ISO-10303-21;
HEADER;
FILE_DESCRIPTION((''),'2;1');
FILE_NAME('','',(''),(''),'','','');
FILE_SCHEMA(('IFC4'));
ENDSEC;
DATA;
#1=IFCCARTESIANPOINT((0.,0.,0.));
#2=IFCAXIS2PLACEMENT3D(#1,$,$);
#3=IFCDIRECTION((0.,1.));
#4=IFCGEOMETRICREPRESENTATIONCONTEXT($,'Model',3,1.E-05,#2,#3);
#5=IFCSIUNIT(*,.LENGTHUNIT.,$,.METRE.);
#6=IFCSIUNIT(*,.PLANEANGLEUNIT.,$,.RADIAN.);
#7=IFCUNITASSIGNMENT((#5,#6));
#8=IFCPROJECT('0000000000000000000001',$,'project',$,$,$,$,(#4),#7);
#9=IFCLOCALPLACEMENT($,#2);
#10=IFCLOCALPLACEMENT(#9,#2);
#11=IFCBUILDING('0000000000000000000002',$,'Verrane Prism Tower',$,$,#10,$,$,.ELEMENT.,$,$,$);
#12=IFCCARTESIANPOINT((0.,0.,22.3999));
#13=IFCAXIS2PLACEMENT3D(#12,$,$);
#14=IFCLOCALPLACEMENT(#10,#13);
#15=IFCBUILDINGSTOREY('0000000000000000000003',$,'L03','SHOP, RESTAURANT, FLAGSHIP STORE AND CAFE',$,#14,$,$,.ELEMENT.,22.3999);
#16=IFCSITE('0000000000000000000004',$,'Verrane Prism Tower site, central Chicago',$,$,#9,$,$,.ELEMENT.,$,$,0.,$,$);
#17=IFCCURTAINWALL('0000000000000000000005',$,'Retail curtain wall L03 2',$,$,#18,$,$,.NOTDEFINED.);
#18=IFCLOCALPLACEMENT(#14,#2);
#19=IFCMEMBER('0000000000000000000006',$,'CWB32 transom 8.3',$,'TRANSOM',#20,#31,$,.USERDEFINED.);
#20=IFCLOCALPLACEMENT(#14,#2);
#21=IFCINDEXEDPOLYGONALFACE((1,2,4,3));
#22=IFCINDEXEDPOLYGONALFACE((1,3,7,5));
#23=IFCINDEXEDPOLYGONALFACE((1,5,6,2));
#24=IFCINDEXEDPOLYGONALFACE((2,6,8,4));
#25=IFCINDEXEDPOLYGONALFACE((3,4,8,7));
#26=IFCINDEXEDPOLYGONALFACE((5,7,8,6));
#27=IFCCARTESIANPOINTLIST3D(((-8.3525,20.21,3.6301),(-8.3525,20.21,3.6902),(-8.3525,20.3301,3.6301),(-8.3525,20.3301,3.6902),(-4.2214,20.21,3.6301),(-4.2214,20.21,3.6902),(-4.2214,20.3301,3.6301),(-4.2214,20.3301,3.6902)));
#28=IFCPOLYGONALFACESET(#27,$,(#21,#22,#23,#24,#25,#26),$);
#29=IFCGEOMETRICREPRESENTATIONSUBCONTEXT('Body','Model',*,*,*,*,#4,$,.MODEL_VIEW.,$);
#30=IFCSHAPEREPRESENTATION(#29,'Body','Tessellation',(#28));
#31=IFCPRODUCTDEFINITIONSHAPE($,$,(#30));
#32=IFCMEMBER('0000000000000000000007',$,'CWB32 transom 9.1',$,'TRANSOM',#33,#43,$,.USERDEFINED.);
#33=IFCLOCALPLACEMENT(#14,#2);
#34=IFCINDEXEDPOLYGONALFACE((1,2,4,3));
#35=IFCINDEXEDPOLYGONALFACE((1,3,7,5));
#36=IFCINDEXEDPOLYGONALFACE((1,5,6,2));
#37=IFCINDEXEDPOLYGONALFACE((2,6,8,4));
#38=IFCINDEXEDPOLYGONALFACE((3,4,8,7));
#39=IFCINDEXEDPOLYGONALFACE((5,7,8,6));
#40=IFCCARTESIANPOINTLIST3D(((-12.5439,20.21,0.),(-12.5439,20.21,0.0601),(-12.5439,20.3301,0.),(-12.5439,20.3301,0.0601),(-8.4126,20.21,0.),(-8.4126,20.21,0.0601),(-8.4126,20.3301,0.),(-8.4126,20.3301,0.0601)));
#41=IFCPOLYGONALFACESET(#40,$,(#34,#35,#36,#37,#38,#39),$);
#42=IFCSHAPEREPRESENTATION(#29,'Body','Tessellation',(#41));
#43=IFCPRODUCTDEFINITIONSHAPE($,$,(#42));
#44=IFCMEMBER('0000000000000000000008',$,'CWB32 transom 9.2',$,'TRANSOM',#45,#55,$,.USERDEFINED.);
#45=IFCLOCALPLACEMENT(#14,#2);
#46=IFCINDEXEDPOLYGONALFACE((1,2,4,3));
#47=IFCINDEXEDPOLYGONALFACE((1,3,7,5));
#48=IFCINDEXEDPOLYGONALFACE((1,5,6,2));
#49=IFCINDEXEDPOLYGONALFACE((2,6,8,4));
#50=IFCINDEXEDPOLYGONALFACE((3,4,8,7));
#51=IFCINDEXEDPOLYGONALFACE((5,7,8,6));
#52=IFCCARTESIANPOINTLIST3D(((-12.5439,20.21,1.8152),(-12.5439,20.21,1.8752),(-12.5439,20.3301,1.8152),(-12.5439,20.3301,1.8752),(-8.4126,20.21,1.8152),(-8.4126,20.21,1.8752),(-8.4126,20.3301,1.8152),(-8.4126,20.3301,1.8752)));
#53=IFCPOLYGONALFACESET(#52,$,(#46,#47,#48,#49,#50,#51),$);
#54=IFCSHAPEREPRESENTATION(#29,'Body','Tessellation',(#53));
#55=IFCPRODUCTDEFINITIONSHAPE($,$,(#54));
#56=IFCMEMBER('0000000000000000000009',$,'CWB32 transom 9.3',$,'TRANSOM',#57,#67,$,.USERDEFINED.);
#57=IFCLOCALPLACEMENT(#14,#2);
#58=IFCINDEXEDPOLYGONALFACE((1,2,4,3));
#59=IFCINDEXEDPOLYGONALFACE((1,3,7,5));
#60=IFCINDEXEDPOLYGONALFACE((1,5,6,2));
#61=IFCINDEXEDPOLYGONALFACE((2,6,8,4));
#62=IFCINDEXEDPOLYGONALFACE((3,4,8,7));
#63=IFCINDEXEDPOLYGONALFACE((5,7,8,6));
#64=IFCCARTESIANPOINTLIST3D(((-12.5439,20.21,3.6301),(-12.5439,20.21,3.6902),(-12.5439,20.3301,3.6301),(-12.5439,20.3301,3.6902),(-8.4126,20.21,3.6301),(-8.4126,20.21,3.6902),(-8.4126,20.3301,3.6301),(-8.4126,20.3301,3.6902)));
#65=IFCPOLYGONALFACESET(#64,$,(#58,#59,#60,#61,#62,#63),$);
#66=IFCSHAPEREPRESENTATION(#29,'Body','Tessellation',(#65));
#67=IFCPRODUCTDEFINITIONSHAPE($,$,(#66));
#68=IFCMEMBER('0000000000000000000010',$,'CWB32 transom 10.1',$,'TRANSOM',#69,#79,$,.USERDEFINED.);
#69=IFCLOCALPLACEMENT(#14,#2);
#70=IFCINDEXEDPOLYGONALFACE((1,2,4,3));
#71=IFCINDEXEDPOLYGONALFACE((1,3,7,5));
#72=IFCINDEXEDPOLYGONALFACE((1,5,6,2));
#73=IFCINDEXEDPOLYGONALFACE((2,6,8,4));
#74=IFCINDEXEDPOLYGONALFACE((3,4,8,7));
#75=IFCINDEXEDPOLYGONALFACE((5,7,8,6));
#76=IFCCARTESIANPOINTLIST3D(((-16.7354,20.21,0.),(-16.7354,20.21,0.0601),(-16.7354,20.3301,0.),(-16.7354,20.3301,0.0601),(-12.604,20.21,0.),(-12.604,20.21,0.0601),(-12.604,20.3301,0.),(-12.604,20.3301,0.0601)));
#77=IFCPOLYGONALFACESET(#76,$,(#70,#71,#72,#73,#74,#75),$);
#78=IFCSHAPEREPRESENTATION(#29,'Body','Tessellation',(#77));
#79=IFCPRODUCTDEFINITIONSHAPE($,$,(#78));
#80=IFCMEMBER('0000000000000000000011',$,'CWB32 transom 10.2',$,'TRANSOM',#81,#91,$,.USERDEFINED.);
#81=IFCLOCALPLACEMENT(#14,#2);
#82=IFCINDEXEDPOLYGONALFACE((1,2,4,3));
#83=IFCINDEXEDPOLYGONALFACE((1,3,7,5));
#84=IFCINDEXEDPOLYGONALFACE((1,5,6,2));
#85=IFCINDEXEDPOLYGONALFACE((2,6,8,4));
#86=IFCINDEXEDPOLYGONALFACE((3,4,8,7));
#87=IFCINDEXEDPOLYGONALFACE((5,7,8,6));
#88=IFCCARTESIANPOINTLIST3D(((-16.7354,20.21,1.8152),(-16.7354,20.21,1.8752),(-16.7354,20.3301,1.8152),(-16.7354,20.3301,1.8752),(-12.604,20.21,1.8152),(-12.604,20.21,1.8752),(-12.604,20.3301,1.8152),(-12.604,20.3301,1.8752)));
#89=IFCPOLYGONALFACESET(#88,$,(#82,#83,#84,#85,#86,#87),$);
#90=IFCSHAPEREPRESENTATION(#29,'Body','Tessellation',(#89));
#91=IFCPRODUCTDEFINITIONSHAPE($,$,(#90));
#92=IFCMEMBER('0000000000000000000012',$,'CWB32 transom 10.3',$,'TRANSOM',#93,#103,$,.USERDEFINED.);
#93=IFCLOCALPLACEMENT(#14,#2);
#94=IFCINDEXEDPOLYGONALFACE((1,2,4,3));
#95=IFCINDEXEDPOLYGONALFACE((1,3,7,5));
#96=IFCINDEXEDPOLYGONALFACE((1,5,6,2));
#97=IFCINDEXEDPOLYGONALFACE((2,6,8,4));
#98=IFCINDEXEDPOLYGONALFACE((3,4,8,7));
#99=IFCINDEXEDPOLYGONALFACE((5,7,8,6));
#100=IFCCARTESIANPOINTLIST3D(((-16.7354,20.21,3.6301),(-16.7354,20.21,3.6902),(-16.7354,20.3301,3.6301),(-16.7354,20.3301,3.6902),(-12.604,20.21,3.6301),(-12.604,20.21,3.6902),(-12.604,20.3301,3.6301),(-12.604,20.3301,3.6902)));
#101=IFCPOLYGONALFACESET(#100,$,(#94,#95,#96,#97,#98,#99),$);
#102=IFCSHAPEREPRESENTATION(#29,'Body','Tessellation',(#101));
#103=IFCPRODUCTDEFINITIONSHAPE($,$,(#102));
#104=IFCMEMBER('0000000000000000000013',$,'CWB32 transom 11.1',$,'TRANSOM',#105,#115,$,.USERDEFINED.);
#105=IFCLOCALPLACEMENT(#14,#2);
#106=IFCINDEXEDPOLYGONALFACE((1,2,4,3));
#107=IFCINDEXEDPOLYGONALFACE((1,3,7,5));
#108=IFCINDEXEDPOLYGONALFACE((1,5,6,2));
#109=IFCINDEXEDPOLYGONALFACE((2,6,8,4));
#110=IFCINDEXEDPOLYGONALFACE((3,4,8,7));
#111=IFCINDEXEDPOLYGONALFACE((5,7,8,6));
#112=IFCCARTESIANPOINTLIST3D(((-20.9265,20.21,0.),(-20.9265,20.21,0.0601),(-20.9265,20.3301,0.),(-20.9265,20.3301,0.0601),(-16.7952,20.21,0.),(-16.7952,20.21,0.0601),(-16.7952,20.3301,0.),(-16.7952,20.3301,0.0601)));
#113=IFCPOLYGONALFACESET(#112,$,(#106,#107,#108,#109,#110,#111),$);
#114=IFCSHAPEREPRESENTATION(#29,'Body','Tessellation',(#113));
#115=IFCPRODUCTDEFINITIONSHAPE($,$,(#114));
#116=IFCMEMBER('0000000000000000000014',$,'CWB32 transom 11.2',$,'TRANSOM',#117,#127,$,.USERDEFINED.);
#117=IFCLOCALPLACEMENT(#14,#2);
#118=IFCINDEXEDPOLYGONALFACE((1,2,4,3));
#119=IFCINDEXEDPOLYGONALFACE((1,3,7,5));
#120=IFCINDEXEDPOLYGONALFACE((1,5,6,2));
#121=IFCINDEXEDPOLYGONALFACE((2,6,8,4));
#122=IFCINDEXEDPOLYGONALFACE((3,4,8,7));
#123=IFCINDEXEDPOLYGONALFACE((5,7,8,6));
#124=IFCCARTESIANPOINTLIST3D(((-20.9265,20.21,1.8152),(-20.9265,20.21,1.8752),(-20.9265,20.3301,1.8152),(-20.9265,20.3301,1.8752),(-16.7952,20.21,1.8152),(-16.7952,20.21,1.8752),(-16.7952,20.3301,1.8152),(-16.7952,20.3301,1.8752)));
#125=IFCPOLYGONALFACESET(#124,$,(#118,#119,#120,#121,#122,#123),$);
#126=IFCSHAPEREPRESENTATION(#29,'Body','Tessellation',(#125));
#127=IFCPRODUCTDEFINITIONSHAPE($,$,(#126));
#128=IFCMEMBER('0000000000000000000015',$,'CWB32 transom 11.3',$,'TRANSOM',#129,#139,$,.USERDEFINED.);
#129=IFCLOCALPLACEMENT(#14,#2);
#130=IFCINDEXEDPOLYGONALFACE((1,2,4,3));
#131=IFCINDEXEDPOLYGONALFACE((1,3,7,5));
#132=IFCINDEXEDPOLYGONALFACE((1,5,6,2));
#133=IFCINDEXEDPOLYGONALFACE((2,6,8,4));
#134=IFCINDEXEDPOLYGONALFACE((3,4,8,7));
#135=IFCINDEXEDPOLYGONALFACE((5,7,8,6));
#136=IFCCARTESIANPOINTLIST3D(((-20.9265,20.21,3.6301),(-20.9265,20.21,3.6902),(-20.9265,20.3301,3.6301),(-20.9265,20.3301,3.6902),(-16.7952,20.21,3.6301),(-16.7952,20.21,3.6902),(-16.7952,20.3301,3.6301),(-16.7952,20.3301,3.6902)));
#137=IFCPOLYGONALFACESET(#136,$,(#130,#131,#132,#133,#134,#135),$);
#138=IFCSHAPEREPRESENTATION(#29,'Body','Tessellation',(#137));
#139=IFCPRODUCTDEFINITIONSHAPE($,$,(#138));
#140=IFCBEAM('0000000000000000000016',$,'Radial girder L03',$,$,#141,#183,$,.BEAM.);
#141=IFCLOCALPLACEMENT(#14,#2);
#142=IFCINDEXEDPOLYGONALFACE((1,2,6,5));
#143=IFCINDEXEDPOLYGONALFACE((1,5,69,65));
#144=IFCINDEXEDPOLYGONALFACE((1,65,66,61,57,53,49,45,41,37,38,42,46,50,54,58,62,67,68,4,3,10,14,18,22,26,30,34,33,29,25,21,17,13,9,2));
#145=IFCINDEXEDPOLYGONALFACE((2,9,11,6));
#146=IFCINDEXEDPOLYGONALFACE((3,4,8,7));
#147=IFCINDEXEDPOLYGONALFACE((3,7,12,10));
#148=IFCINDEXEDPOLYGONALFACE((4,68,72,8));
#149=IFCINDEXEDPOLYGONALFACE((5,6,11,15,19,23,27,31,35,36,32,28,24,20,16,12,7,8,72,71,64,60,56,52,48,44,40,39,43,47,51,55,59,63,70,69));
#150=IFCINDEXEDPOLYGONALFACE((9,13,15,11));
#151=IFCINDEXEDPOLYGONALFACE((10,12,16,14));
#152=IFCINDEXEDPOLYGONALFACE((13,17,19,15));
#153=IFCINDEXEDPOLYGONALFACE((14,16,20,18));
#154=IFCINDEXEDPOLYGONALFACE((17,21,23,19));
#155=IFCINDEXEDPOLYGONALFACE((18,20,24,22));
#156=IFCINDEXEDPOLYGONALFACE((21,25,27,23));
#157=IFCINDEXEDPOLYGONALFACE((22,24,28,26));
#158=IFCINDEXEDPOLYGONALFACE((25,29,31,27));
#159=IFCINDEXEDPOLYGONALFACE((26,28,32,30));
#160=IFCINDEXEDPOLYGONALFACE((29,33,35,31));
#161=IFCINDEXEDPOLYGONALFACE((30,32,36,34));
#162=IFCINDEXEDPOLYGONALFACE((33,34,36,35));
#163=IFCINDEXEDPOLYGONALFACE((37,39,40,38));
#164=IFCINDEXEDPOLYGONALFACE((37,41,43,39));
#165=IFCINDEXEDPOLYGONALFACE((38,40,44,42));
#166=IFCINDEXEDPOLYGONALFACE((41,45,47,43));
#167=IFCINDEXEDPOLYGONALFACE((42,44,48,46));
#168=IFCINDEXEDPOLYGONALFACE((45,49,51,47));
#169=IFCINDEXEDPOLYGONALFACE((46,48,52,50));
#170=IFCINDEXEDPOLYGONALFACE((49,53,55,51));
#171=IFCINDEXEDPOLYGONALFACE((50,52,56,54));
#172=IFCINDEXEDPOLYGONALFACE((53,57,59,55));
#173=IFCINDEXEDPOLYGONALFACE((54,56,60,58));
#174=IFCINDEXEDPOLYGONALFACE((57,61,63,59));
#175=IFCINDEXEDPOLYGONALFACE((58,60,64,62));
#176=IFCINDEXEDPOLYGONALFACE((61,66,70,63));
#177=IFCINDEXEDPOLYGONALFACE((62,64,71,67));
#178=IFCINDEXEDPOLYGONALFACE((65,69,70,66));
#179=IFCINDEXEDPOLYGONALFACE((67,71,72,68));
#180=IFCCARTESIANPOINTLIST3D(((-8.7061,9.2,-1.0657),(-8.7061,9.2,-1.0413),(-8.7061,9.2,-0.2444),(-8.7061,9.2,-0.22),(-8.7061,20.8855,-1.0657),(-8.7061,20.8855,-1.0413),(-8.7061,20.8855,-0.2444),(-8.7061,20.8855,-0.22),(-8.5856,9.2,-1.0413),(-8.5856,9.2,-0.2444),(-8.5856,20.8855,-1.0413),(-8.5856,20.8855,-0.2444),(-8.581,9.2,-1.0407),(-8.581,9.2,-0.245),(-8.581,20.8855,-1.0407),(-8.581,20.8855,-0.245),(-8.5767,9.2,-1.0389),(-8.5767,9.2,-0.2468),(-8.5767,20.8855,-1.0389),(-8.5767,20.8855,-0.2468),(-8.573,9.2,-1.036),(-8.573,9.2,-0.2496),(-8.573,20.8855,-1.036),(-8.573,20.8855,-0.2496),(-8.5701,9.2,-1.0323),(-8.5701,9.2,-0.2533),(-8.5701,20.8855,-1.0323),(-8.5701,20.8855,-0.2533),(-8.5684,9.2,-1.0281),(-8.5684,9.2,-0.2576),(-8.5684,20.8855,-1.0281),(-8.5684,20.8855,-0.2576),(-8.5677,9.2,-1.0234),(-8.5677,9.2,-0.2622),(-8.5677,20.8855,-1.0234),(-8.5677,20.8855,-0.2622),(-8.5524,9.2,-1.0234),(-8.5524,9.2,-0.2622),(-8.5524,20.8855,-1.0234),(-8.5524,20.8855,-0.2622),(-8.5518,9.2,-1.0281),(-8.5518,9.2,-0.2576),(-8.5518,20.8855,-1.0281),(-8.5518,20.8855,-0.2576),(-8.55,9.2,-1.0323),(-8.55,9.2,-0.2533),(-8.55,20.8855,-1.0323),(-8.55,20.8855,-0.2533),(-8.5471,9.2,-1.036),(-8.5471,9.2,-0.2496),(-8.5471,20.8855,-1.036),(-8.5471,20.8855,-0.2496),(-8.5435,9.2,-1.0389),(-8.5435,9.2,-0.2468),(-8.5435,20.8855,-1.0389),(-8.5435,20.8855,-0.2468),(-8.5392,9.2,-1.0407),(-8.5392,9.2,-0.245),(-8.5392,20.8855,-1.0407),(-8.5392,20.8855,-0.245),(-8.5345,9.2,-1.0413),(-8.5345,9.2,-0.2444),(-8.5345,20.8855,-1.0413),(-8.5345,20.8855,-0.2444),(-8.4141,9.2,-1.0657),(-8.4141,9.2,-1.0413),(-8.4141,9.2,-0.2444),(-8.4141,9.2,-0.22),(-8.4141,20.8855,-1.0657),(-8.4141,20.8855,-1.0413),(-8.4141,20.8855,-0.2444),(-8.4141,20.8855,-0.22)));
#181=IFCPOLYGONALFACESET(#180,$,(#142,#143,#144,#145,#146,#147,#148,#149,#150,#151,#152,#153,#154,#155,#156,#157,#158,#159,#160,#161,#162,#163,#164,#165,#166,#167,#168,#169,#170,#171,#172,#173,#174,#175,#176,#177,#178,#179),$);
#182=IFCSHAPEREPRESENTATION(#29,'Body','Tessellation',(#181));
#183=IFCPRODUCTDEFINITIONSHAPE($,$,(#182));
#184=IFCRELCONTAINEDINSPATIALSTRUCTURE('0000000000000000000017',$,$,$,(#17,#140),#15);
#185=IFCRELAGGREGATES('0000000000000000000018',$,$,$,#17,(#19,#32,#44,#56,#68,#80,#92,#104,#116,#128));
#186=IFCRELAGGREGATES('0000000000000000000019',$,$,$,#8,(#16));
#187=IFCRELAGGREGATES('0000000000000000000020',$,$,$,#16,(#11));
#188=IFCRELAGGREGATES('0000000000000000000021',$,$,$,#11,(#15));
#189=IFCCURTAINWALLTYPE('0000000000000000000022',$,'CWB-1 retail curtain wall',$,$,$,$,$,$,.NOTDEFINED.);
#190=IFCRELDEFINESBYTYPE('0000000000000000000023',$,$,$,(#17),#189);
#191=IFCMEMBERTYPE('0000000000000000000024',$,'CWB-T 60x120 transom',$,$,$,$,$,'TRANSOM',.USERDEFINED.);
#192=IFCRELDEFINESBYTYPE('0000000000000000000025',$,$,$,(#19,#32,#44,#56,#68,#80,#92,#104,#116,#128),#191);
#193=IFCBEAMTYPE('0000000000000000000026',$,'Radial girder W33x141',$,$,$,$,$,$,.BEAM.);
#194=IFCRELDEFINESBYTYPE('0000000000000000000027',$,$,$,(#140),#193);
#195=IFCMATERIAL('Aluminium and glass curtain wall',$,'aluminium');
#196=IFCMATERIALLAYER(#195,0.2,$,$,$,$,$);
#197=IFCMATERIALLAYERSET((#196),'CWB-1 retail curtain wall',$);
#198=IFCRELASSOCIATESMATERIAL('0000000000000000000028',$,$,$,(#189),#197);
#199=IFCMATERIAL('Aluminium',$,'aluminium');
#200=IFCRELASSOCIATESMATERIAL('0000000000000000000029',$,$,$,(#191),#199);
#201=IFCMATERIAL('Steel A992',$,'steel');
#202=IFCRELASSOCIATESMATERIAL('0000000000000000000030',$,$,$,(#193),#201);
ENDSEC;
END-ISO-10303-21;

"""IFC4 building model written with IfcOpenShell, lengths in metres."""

from ifc_helpers import new_model, si_unit, direction, frame, origin, origin_2d, place, context, subcontext, project, spatial, rectangle, i_section, extrude, material, layer, layer_set, material_profile, profile_set, type_object, element, aggregate, save


model = new_model("IFC4")

# Units and contexts
model_context = context("Model", 3, precision=1e-05, world=origin(), true_north=direction((0.0, 1.0)))
body_context = subcontext(model_context, "Body", "Model", "MODEL_VIEW")
ifc_project = project(units=[si_unit("LENGTHUNIT", "METRE"), si_unit("PLANEANGLEUNIT", "RADIAN")], contexts=[model_context])

# Site, building, storey
site_placement = place(None, origin())
site = spatial("IfcSite", under=ifc_project, at=site_placement, Name="Verrane Prism Tower site, central Chicago", CompositionType="ELEMENT", RefElevation=0.0)
building_placement = place(site_placement, origin())
building = spatial("IfcBuilding", under=site, at=building_placement, Name="Verrane Prism Tower", CompositionType="ELEMENT")
storey_placement = place(building_placement, frame((0.0, 0.0, 22.3999)))
storey = spatial("IfcBuildingStorey", under=building, at=storey_placement, Name="L03", Description="SHOP, RESTAURANT, FLAGSHIP STORE AND CAFE", CompositionType="ELEMENT", Elevation=22.3999)

# Curtain wall, members
ifc_material_1 = material(Name="Aluminium and glass curtain wall", Category="aluminium")
ifc_layer_1 = layer(ifc_material_1, 0.2)
ifc_layer_set_1 = layer_set([ifc_layer_1], Name="CWB-1 retail curtain wall")
curtain_wall_type = type_object("IfcCurtainWallType", Name="CWB-1 retail curtain wall", PredefinedType="NOTDEFINED", material=ifc_layer_set_1)
curtain_wall_placement = place(storey_placement, origin())
curtain_wall = element("IfcCurtainWall", 1, at=curtain_wall_placement, inside=storey, type_object=curtain_wall_type, Name="Retail curtain wall L03 2", PredefinedType="NOTDEFINED")
ifc_material_2 = material(Name="Aluminium", Category="aluminium")
ifc_material_profile_1 = material_profile(ifc_material_2, rectangle(XDim=0.1201, YDim=0.0601, at=origin_2d()), Name="CWB-T 60x120 transom")
ifc_profile_set_1 = profile_set([ifc_material_profile_1], Name="Aluminium")
member_type_1 = type_object("IfcMemberType", Name="CWB-T 60x120 transom", ElementType="TRANSOM", PredefinedType="USERDEFINED", material=ifc_profile_set_1)
member_1_placement = place(storey_placement, frame((-4.2214, 20.27, 3.6602), z_axis=(-1.0, 0.0, 0.0), x_axis=(0.0, -1.0, 0.0)))
member_1 = element("IfcMember", 2, at=member_1_placement, type_object=member_type_1, Name="CWB32 transom 8.3", ObjectType="TRANSOM", PredefinedType="USERDEFINED", context=body_context, shape_type="SweptSolid", body=[
    extrude(rectangle(XDim=0.1201, YDim=0.0601, at=origin_2d()), origin(), (0.0, 0.0, 1.0), 4.1311),
])
member_2_placement = place(storey_placement, frame((-8.4126, 20.27, 0.03), z_axis=(-1.0, 0.0, 0.0), x_axis=(0.0, -1.0, 0.0)))
member_2 = element("IfcMember", 3, at=member_2_placement, type_object=member_type_1, Name="CWB32 transom 9.1", ObjectType="TRANSOM", PredefinedType="USERDEFINED", context=body_context, shape_type="SweptSolid", body=[
    extrude(rectangle(XDim=0.1201, YDim=0.0601, at=origin_2d()), origin(), (0.0, 0.0, 1.0), 4.1313),
])
member_3_placement = place(storey_placement, frame((-8.4126, 20.27, 1.8452), z_axis=(-1.0, 0.0, 0.0), x_axis=(0.0, -1.0, 0.0)))
member_3 = element("IfcMember", 4, at=member_3_placement, type_object=member_type_1, Name="CWB32 transom 9.2", ObjectType="TRANSOM", PredefinedType="USERDEFINED", context=body_context, shape_type="SweptSolid", body=[
    extrude(rectangle(XDim=0.1201, YDim=0.0601, at=origin_2d()), origin(), (0.0, 0.0, 1.0), 4.1313),
])
member_4_placement = place(storey_placement, frame((-8.4126, 20.27, 3.6602), z_axis=(-1.0, 0.0, 0.0), x_axis=(0.0, -1.0, 0.0)))
member_4 = element("IfcMember", 5, at=member_4_placement, type_object=member_type_1, Name="CWB32 transom 9.3", ObjectType="TRANSOM", PredefinedType="USERDEFINED", context=body_context, shape_type="SweptSolid", body=[
    extrude(rectangle(XDim=0.1201, YDim=0.0601, at=origin_2d()), origin(), (0.0, 0.0, 1.0), 4.1313),
])
member_5_placement = place(storey_placement, frame((-12.604, 20.27, 0.03), z_axis=(-1.0, 0.0, 0.0), x_axis=(0.0, -1.0, 0.0)))
member_5 = element("IfcMember", 6, at=member_5_placement, type_object=member_type_1, Name="CWB32 transom 10.1", ObjectType="TRANSOM", PredefinedType="USERDEFINED", context=body_context, shape_type="SweptSolid", body=[
    extrude(rectangle(XDim=0.1201, YDim=0.0601, at=origin_2d()), origin(), (0.0, 0.0, 1.0), 4.1313),
])
member_6_placement = place(storey_placement, frame((-12.604, 20.27, 1.8452), z_axis=(-1.0, 0.0, 0.0), x_axis=(0.0, -1.0, 0.0)))
member_6 = element("IfcMember", 7, at=member_6_placement, type_object=member_type_1, Name="CWB32 transom 10.2", ObjectType="TRANSOM", PredefinedType="USERDEFINED", context=body_context, shape_type="SweptSolid", body=[
    extrude(rectangle(XDim=0.1201, YDim=0.0601, at=origin_2d()), origin(), (0.0, 0.0, 1.0), 4.1313),
])
member_7_placement = place(storey_placement, frame((-12.604, 20.27, 3.6602), z_axis=(-1.0, 0.0, 0.0), x_axis=(0.0, -1.0, 0.0)))
member_7 = element("IfcMember", 8, at=member_7_placement, type_object=member_type_1, Name="CWB32 transom 10.3", ObjectType="TRANSOM", PredefinedType="USERDEFINED", context=body_context, shape_type="SweptSolid", body=[
    extrude(rectangle(XDim=0.1201, YDim=0.0601, at=origin_2d()), origin(), (0.0, 0.0, 1.0), 4.1313),
])
member_8_placement = place(storey_placement, frame((-16.7952, 20.27, 0.03), z_axis=(-1.0, 0.0, 0.0), x_axis=(0.0, -1.0, 0.0)))
member_8 = element("IfcMember", 9, at=member_8_placement, type_object=member_type_1, Name="CWB32 transom 11.1", ObjectType="TRANSOM", PredefinedType="USERDEFINED", context=body_context, shape_type="SweptSolid", body=[
    extrude(rectangle(XDim=0.1201, YDim=0.0601, at=origin_2d()), origin(), (0.0, 0.0, 1.0), 4.1313),
])
member_9_placement = place(storey_placement, frame((-16.7952, 20.27, 1.8452), z_axis=(-1.0, 0.0, 0.0), x_axis=(0.0, -1.0, 0.0)))
member_9 = element("IfcMember", 10, at=member_9_placement, type_object=member_type_1, Name="CWB32 transom 11.2", ObjectType="TRANSOM", PredefinedType="USERDEFINED", context=body_context, shape_type="SweptSolid", body=[
    extrude(rectangle(XDim=0.1201, YDim=0.0601, at=origin_2d()), origin(), (0.0, 0.0, 1.0), 4.1313),
])
member_10_placement = place(storey_placement, frame((-16.7952, 20.27, 3.6602), z_axis=(-1.0, 0.0, 0.0), x_axis=(0.0, -1.0, 0.0)))
member_10 = element("IfcMember", 11, at=member_10_placement, type_object=member_type_1, Name="CWB32 transom 11.3", ObjectType="TRANSOM", PredefinedType="USERDEFINED", context=body_context, shape_type="SweptSolid", body=[
    extrude(rectangle(XDim=0.1201, YDim=0.0601, at=origin_2d()), origin(), (0.0, 0.0, 1.0), 4.1313),
])

# Beam
ifc_material_3 = material(Name="Steel A992", Category="steel")
ifc_material_profile_2 = material_profile(ifc_material_3, i_section(OverallWidth=0.292, OverallDepth=0.8457, WebThickness=0.0154, FlangeThickness=0.0244, FilletRadius=0.0178, at=origin_2d()), Name="W33x141")
ifc_profile_set_2 = profile_set([ifc_material_profile_2], Name="Steel A992")
beam_type_1 = type_object("IfcBeamType", Name="Radial girder W33x141", PredefinedType="BEAM", material=ifc_profile_set_2)
beam_1_placement = place(storey_placement, frame((-8.5601, 20.8855, -0.6428), z_axis=(0.0, -1.0, 0.0), x_axis=(1.0, 0.0, 0.0)))
element("IfcBeam", 12, at=beam_1_placement, inside=storey, type_object=beam_type_1, Name="Radial girder L03", PredefinedType="BEAM", context=body_context, shape_type="SweptSolid", body=[
    extrude(i_section(OverallWidth=0.292, OverallDepth=0.8457, WebThickness=0.0154, FlangeThickness=0.0244, FilletRadius=0.0178, at=origin_2d()), origin(), (0.0, 0.0, 1.0), 11.6855),
])

aggregate(curtain_wall, [member_1, member_2, member_3, member_4, member_5, member_6, member_7, member_8, member_9, member_10])

save(model, "model.ifc")
